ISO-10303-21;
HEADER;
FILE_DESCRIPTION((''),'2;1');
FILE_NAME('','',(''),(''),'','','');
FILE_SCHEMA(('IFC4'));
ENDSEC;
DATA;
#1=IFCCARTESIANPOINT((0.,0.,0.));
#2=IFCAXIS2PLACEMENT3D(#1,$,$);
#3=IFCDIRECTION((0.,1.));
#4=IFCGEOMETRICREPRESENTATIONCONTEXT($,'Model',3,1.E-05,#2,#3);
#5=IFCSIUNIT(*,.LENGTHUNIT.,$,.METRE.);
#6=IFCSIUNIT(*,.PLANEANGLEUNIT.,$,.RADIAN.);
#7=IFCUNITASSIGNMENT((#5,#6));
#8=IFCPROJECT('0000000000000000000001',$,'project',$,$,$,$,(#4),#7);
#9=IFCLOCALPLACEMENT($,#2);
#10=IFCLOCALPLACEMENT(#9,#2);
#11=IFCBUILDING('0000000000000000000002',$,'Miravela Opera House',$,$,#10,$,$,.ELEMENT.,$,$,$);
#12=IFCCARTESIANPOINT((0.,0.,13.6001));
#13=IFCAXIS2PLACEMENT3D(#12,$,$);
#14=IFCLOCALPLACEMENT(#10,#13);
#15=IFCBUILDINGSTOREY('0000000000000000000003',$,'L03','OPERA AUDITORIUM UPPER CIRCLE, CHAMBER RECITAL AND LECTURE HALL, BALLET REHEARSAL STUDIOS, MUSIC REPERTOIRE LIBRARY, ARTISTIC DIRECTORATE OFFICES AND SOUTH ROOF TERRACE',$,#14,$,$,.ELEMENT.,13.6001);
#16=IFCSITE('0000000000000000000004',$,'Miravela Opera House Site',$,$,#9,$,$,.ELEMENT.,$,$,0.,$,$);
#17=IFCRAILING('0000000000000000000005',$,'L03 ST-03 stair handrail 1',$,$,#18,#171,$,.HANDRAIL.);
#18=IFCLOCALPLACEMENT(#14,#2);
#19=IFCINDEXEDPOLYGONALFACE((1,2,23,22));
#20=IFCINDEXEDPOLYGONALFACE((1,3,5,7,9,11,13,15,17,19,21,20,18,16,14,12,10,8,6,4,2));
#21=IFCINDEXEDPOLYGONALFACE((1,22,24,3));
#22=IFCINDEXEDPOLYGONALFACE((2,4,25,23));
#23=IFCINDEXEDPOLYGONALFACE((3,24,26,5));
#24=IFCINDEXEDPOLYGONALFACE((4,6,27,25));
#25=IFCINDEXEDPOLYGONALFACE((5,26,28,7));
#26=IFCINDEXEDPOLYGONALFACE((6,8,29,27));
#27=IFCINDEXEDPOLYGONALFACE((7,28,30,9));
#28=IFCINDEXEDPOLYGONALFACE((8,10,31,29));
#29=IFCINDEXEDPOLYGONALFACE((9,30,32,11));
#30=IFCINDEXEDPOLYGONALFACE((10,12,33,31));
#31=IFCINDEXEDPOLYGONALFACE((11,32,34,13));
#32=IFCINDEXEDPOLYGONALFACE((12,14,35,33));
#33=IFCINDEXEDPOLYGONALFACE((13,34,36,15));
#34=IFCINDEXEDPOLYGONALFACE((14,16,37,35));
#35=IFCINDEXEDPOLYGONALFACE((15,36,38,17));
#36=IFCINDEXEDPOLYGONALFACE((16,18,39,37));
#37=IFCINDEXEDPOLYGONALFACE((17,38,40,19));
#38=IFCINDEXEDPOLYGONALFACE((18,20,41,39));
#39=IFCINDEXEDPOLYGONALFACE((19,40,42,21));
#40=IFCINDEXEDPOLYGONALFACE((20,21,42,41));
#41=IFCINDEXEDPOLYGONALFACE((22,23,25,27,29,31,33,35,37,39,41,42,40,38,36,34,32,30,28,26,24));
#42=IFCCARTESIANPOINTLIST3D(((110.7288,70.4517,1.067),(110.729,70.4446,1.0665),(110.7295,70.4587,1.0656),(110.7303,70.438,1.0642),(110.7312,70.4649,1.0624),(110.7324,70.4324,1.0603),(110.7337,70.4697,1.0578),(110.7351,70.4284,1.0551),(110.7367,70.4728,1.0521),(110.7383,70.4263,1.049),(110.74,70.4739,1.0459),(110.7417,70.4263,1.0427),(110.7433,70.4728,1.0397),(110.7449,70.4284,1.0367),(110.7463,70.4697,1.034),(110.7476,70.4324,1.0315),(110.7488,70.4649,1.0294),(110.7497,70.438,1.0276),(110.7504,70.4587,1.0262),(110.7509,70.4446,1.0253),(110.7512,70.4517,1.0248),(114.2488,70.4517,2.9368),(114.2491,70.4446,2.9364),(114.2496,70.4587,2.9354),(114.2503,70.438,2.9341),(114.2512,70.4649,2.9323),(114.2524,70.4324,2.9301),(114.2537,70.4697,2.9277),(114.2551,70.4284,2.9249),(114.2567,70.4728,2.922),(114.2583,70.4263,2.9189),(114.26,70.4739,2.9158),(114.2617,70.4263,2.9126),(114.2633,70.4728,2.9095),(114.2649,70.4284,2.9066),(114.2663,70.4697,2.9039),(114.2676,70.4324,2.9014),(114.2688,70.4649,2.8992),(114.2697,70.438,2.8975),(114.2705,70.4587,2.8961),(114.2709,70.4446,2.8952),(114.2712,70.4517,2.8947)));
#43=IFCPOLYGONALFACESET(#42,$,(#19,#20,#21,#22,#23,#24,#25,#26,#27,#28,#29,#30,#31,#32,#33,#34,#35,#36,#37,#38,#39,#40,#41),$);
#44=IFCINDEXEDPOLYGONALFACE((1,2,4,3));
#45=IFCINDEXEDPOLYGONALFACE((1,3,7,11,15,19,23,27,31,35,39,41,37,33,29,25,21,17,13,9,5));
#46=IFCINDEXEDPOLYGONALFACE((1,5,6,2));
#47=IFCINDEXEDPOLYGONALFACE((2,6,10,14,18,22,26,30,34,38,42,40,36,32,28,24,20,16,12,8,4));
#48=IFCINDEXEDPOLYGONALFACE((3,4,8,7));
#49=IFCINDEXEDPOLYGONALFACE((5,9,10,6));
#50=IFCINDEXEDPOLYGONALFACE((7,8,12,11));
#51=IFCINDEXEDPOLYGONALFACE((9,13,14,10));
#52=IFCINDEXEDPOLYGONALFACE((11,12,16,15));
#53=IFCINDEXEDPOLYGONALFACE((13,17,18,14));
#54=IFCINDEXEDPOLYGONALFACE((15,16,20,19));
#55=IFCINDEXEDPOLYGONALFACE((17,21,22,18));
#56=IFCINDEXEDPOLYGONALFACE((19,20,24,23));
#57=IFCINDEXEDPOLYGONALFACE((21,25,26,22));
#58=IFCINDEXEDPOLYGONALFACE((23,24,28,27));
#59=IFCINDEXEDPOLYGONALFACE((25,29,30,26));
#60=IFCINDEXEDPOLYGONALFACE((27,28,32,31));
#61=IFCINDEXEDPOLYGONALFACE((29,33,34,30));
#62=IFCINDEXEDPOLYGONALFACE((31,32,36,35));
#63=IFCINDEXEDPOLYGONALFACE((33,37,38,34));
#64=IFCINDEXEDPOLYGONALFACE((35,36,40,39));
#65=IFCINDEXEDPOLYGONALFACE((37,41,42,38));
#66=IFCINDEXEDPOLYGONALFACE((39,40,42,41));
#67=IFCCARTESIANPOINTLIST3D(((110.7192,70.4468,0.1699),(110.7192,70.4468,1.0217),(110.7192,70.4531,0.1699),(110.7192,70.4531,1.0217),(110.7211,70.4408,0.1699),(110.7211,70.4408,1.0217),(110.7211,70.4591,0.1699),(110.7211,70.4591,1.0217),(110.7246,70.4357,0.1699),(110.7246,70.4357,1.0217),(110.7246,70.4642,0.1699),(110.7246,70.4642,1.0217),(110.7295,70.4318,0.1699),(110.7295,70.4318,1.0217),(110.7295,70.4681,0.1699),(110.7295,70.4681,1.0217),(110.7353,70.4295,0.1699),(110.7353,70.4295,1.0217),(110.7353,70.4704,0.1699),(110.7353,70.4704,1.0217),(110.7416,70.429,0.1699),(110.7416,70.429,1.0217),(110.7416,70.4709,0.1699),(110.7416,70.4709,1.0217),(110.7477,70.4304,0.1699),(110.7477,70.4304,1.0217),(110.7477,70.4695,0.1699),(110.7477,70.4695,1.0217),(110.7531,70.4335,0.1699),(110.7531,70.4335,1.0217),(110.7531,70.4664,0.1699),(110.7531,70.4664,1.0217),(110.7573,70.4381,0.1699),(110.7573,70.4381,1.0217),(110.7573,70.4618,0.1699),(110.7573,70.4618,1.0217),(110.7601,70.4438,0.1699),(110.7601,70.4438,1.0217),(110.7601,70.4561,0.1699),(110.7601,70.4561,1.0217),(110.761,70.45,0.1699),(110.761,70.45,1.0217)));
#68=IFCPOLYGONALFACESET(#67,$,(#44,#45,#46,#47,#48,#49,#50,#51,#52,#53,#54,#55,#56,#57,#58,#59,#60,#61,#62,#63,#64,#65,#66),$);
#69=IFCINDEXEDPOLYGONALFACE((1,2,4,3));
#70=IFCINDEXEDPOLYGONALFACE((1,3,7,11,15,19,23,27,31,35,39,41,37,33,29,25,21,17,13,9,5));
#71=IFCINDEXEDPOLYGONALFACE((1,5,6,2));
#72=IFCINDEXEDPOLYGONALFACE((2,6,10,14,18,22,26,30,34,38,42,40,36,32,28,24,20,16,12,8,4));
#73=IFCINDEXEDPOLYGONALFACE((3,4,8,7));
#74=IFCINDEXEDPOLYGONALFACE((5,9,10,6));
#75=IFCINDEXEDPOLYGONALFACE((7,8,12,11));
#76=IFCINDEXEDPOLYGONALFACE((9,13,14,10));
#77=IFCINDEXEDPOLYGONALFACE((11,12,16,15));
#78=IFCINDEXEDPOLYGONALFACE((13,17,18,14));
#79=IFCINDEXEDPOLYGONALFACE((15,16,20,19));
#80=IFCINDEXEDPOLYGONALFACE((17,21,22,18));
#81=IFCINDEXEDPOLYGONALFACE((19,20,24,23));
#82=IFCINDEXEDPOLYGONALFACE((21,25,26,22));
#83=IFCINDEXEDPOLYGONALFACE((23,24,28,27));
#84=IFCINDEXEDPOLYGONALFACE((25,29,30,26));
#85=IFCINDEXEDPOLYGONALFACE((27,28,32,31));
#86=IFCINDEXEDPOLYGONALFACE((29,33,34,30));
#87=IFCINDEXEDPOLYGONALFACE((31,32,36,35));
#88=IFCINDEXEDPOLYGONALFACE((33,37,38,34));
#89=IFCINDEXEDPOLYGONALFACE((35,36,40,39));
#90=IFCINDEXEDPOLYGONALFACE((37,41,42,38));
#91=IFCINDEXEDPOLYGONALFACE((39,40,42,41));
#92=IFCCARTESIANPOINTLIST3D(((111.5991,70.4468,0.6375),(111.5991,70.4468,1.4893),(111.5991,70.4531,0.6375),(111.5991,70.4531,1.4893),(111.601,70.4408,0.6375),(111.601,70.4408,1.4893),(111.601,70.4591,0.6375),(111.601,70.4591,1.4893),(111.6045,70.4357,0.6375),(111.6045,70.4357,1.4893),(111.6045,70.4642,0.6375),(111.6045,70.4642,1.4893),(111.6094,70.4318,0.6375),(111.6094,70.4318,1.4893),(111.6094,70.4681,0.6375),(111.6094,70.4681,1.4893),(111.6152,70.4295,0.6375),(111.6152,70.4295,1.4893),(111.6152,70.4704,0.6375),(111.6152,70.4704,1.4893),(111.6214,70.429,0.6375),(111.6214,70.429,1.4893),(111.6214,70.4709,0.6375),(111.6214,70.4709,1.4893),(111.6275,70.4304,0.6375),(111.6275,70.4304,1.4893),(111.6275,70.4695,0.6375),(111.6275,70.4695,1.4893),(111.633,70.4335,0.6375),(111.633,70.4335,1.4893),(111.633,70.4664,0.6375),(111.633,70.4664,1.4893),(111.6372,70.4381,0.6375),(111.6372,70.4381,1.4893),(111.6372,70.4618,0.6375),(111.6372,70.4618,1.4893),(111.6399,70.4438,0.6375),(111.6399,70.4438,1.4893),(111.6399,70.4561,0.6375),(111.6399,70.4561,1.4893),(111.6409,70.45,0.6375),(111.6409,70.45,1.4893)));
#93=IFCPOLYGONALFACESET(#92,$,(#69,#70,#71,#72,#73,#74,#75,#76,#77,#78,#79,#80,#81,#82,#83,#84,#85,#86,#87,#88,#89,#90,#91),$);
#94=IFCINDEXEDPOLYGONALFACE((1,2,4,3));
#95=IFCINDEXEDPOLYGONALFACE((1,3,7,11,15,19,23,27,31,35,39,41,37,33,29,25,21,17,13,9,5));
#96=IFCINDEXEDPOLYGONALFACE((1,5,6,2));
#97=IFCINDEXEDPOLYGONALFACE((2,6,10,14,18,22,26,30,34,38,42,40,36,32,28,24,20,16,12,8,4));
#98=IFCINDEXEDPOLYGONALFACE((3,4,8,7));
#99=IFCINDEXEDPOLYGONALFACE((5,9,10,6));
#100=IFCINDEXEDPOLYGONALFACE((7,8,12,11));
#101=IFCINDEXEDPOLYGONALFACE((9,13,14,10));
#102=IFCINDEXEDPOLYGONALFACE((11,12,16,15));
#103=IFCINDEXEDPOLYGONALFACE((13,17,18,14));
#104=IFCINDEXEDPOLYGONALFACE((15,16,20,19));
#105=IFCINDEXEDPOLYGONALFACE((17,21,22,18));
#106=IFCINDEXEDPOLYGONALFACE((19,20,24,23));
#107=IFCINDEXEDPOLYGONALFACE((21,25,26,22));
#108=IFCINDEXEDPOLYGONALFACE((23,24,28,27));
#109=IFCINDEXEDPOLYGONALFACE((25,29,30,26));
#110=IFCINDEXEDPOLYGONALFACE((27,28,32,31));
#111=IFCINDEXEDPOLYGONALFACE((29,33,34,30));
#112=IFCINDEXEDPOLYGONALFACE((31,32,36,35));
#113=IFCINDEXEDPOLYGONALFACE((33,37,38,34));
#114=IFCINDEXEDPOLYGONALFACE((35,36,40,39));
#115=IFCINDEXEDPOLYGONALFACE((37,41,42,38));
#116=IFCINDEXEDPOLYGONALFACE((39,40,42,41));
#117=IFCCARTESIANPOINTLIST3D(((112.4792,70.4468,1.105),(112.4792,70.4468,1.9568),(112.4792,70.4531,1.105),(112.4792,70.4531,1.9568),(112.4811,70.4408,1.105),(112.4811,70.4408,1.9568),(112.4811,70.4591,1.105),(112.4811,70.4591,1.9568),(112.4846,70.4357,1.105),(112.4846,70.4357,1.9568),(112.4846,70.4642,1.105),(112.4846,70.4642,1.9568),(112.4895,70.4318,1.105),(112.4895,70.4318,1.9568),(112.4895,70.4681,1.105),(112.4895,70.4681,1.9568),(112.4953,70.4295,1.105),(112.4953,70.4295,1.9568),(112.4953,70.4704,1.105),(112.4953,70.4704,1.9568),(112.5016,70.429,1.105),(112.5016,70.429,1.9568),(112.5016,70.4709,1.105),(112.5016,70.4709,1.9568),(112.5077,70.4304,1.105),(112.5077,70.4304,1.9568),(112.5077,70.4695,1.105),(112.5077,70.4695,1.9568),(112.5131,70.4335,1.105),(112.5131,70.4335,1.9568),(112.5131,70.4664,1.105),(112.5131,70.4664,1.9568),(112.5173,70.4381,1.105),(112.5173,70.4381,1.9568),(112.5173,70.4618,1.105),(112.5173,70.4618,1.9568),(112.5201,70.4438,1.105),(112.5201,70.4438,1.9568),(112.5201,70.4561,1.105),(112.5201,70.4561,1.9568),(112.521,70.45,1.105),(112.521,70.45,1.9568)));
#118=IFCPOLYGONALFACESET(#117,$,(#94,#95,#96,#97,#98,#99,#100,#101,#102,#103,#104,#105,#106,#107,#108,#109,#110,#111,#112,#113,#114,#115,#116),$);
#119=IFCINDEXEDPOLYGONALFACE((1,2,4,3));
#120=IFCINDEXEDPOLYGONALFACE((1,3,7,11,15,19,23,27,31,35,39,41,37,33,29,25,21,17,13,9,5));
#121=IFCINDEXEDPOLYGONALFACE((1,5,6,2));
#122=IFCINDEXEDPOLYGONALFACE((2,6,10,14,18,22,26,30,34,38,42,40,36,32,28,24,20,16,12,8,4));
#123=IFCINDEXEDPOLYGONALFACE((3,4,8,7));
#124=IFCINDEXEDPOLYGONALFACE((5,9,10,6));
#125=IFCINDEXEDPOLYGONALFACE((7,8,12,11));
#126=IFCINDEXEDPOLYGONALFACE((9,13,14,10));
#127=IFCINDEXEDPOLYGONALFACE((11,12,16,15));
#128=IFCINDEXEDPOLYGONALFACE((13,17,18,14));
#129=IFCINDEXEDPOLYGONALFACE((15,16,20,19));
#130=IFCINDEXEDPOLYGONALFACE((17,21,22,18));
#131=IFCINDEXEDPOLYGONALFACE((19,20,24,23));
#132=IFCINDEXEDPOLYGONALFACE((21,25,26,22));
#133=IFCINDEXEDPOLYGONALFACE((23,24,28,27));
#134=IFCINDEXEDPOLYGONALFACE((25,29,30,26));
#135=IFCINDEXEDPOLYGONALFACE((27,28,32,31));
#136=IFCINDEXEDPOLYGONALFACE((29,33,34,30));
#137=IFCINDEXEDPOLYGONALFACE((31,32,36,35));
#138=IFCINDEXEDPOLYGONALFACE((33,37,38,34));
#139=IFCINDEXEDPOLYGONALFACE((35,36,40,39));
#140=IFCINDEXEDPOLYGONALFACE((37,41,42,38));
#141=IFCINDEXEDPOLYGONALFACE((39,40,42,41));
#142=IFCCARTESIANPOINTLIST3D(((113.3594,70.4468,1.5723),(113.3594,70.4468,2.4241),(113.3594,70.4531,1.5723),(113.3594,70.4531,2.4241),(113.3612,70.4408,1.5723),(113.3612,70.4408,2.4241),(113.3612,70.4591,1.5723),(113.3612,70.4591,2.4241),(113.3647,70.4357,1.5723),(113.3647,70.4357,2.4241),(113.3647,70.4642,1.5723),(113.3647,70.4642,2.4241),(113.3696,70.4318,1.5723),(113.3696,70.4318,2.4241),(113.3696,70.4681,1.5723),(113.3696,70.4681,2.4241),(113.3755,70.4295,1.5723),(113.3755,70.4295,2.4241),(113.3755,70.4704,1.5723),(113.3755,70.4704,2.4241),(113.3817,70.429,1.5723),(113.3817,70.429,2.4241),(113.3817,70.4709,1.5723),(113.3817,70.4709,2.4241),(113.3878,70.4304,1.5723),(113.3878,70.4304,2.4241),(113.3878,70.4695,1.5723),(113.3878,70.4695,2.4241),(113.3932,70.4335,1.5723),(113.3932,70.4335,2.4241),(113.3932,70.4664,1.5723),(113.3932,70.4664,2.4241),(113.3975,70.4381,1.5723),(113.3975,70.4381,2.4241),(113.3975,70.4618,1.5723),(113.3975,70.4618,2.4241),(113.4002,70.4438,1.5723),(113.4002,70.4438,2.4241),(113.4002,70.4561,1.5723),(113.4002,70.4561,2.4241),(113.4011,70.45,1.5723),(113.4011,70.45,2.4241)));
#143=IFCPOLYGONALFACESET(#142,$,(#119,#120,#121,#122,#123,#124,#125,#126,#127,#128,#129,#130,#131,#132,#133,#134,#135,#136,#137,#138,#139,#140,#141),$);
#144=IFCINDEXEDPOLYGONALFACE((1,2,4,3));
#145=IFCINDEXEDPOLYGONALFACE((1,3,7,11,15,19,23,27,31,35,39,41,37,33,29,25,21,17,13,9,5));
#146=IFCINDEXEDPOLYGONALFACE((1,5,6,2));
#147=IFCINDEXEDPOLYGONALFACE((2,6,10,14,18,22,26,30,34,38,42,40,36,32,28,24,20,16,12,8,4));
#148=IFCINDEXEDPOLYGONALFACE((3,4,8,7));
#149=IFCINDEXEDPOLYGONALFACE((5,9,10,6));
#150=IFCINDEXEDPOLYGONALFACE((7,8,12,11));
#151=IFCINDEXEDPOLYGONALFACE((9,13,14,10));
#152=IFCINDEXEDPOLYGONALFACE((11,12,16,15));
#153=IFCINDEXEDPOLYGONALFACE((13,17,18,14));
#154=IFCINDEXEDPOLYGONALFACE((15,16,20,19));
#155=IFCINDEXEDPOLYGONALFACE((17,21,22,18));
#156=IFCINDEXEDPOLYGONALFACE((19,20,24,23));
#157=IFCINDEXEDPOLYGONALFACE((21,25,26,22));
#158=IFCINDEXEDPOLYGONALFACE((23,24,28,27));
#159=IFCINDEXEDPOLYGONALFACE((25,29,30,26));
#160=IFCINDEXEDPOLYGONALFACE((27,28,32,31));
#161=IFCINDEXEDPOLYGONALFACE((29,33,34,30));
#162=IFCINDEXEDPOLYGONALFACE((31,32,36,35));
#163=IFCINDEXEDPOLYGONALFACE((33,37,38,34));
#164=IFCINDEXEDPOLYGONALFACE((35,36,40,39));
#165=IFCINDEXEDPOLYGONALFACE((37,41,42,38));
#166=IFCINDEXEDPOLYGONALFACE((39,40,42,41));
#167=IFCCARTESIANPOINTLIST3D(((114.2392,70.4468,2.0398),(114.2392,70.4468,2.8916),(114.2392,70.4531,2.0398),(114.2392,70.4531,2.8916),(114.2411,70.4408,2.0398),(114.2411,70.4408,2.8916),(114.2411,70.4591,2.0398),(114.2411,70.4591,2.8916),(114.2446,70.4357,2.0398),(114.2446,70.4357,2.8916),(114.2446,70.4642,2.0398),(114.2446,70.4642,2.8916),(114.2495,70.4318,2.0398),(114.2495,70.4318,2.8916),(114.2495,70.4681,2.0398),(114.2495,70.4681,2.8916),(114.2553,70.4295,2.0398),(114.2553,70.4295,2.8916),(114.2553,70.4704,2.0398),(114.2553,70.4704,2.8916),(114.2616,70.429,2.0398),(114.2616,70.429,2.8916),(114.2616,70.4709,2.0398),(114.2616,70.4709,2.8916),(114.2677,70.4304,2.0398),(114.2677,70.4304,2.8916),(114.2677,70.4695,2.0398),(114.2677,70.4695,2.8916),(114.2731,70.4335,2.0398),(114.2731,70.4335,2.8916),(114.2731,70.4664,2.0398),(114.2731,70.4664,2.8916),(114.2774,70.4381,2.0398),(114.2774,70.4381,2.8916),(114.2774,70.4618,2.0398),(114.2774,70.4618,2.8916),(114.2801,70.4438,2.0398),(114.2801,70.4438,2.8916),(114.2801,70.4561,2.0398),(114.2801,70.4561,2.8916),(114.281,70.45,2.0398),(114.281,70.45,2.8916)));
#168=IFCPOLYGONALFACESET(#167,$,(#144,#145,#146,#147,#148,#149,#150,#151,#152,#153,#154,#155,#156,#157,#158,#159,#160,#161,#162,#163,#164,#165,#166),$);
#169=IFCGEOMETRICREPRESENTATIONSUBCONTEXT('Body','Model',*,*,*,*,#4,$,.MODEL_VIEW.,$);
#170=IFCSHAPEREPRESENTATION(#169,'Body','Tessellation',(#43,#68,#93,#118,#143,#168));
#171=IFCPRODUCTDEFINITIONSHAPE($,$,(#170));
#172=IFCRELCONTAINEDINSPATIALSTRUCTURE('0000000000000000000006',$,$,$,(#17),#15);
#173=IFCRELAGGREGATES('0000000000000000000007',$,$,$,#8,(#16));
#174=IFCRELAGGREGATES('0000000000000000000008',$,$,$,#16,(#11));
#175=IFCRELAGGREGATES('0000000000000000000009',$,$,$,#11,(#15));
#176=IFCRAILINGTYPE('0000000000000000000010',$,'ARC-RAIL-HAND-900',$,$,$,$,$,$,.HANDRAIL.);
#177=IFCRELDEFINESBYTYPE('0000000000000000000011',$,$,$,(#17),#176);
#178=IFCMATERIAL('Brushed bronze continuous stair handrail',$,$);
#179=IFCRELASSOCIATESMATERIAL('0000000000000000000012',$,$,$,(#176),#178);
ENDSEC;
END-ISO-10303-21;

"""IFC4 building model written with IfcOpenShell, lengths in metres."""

from ifc_helpers import new_model, si_unit, direction, frame, origin, origin_2d, place, context, subcontext, project, spatial, circle, extrude, material, type_object, element, save


model = new_model("IFC4")

# Units and contexts
model_context = context("Model", 3, precision=1e-05, world=origin(), true_north=direction((0.0, 1.0)))
body_context = subcontext(model_context, "Body", "Model", "MODEL_VIEW")
ifc_project = project(units=[si_unit("LENGTHUNIT", "METRE"), si_unit("PLANEANGLEUNIT", "RADIAN")], contexts=[model_context])

# Site, building, storey
site_placement = place(None, origin())
site = spatial("IfcSite", under=ifc_project, at=site_placement, Name="Miravela Opera House Site", CompositionType="ELEMENT", RefElevation=0.0)
building_placement = place(site_placement, origin())
building = spatial("IfcBuilding", under=site, at=building_placement, Name="Miravela Opera House", CompositionType="ELEMENT")
storey_placement = place(building_placement, frame((0.0, 0.0, 13.6001)))
storey = spatial("IfcBuildingStorey", under=building, at=storey_placement, Name="L03", Description="OPERA AUDITORIUM UPPER CIRCLE, CHAMBER RECITAL AND LECTURE HALL, BALLET REHEARSAL STUDIOS, MUSIC REPERTOIRE LIBRARY, ARTISTIC DIRECTORATE OFFICES AND SOUTH ROOF TERRACE", CompositionType="ELEMENT", Elevation=13.6001)

# Railing
ifc_material_1 = material(Name="Brushed bronze continuous stair handrail")
railing_type_1 = type_object("IfcRailingType", Name="ARC-RAIL-HAND-900", PredefinedType="HANDRAIL", material=ifc_material_1)
railing_1_placement = place(storey_placement, frame((110.74, 70.45, 0.1699)))
element("IfcRailing", 1, at=railing_1_placement, inside=storey, type_object=railing_type_1, Name="L03 ST-03 stair handrail 1", PredefinedType="HANDRAIL", context=body_context, shape_type="SweptSolid", body=[
    extrude(circle(Radius=0.0239, at=origin_2d()), frame((0.0, 0.0, 0.876), z_axis=(0.88313, 0.0, 0.469128), x_axis=(0.0, 1.0, 0.0)), (0.0, 0.0, 1.0), 3.9858),
    extrude(circle(Radius=0.021, at=origin_2d()), origin(), (0.0, 0.0, 1.0), 0.8518),
    extrude(circle(Radius=0.021, at=origin_2d()), frame((0.8799, 0.0, 0.4675)), (0.0, 0.0, 1.0), 0.8518),
    extrude(circle(Radius=0.021, at=origin_2d()), frame((1.76, 0.0, 0.9351)), (0.0, 0.0, 1.0), 0.8518),
    extrude(circle(Radius=0.021, at=origin_2d()), frame((2.6401, 0.0, 1.4023)), (0.0, 0.0, 1.0), 0.8518),
    extrude(circle(Radius=0.021, at=origin_2d()), frame((3.52, 0.0, 1.8699)), (0.0, 0.0, 1.0), 0.8518),
])

save(model, "model.ifc")
